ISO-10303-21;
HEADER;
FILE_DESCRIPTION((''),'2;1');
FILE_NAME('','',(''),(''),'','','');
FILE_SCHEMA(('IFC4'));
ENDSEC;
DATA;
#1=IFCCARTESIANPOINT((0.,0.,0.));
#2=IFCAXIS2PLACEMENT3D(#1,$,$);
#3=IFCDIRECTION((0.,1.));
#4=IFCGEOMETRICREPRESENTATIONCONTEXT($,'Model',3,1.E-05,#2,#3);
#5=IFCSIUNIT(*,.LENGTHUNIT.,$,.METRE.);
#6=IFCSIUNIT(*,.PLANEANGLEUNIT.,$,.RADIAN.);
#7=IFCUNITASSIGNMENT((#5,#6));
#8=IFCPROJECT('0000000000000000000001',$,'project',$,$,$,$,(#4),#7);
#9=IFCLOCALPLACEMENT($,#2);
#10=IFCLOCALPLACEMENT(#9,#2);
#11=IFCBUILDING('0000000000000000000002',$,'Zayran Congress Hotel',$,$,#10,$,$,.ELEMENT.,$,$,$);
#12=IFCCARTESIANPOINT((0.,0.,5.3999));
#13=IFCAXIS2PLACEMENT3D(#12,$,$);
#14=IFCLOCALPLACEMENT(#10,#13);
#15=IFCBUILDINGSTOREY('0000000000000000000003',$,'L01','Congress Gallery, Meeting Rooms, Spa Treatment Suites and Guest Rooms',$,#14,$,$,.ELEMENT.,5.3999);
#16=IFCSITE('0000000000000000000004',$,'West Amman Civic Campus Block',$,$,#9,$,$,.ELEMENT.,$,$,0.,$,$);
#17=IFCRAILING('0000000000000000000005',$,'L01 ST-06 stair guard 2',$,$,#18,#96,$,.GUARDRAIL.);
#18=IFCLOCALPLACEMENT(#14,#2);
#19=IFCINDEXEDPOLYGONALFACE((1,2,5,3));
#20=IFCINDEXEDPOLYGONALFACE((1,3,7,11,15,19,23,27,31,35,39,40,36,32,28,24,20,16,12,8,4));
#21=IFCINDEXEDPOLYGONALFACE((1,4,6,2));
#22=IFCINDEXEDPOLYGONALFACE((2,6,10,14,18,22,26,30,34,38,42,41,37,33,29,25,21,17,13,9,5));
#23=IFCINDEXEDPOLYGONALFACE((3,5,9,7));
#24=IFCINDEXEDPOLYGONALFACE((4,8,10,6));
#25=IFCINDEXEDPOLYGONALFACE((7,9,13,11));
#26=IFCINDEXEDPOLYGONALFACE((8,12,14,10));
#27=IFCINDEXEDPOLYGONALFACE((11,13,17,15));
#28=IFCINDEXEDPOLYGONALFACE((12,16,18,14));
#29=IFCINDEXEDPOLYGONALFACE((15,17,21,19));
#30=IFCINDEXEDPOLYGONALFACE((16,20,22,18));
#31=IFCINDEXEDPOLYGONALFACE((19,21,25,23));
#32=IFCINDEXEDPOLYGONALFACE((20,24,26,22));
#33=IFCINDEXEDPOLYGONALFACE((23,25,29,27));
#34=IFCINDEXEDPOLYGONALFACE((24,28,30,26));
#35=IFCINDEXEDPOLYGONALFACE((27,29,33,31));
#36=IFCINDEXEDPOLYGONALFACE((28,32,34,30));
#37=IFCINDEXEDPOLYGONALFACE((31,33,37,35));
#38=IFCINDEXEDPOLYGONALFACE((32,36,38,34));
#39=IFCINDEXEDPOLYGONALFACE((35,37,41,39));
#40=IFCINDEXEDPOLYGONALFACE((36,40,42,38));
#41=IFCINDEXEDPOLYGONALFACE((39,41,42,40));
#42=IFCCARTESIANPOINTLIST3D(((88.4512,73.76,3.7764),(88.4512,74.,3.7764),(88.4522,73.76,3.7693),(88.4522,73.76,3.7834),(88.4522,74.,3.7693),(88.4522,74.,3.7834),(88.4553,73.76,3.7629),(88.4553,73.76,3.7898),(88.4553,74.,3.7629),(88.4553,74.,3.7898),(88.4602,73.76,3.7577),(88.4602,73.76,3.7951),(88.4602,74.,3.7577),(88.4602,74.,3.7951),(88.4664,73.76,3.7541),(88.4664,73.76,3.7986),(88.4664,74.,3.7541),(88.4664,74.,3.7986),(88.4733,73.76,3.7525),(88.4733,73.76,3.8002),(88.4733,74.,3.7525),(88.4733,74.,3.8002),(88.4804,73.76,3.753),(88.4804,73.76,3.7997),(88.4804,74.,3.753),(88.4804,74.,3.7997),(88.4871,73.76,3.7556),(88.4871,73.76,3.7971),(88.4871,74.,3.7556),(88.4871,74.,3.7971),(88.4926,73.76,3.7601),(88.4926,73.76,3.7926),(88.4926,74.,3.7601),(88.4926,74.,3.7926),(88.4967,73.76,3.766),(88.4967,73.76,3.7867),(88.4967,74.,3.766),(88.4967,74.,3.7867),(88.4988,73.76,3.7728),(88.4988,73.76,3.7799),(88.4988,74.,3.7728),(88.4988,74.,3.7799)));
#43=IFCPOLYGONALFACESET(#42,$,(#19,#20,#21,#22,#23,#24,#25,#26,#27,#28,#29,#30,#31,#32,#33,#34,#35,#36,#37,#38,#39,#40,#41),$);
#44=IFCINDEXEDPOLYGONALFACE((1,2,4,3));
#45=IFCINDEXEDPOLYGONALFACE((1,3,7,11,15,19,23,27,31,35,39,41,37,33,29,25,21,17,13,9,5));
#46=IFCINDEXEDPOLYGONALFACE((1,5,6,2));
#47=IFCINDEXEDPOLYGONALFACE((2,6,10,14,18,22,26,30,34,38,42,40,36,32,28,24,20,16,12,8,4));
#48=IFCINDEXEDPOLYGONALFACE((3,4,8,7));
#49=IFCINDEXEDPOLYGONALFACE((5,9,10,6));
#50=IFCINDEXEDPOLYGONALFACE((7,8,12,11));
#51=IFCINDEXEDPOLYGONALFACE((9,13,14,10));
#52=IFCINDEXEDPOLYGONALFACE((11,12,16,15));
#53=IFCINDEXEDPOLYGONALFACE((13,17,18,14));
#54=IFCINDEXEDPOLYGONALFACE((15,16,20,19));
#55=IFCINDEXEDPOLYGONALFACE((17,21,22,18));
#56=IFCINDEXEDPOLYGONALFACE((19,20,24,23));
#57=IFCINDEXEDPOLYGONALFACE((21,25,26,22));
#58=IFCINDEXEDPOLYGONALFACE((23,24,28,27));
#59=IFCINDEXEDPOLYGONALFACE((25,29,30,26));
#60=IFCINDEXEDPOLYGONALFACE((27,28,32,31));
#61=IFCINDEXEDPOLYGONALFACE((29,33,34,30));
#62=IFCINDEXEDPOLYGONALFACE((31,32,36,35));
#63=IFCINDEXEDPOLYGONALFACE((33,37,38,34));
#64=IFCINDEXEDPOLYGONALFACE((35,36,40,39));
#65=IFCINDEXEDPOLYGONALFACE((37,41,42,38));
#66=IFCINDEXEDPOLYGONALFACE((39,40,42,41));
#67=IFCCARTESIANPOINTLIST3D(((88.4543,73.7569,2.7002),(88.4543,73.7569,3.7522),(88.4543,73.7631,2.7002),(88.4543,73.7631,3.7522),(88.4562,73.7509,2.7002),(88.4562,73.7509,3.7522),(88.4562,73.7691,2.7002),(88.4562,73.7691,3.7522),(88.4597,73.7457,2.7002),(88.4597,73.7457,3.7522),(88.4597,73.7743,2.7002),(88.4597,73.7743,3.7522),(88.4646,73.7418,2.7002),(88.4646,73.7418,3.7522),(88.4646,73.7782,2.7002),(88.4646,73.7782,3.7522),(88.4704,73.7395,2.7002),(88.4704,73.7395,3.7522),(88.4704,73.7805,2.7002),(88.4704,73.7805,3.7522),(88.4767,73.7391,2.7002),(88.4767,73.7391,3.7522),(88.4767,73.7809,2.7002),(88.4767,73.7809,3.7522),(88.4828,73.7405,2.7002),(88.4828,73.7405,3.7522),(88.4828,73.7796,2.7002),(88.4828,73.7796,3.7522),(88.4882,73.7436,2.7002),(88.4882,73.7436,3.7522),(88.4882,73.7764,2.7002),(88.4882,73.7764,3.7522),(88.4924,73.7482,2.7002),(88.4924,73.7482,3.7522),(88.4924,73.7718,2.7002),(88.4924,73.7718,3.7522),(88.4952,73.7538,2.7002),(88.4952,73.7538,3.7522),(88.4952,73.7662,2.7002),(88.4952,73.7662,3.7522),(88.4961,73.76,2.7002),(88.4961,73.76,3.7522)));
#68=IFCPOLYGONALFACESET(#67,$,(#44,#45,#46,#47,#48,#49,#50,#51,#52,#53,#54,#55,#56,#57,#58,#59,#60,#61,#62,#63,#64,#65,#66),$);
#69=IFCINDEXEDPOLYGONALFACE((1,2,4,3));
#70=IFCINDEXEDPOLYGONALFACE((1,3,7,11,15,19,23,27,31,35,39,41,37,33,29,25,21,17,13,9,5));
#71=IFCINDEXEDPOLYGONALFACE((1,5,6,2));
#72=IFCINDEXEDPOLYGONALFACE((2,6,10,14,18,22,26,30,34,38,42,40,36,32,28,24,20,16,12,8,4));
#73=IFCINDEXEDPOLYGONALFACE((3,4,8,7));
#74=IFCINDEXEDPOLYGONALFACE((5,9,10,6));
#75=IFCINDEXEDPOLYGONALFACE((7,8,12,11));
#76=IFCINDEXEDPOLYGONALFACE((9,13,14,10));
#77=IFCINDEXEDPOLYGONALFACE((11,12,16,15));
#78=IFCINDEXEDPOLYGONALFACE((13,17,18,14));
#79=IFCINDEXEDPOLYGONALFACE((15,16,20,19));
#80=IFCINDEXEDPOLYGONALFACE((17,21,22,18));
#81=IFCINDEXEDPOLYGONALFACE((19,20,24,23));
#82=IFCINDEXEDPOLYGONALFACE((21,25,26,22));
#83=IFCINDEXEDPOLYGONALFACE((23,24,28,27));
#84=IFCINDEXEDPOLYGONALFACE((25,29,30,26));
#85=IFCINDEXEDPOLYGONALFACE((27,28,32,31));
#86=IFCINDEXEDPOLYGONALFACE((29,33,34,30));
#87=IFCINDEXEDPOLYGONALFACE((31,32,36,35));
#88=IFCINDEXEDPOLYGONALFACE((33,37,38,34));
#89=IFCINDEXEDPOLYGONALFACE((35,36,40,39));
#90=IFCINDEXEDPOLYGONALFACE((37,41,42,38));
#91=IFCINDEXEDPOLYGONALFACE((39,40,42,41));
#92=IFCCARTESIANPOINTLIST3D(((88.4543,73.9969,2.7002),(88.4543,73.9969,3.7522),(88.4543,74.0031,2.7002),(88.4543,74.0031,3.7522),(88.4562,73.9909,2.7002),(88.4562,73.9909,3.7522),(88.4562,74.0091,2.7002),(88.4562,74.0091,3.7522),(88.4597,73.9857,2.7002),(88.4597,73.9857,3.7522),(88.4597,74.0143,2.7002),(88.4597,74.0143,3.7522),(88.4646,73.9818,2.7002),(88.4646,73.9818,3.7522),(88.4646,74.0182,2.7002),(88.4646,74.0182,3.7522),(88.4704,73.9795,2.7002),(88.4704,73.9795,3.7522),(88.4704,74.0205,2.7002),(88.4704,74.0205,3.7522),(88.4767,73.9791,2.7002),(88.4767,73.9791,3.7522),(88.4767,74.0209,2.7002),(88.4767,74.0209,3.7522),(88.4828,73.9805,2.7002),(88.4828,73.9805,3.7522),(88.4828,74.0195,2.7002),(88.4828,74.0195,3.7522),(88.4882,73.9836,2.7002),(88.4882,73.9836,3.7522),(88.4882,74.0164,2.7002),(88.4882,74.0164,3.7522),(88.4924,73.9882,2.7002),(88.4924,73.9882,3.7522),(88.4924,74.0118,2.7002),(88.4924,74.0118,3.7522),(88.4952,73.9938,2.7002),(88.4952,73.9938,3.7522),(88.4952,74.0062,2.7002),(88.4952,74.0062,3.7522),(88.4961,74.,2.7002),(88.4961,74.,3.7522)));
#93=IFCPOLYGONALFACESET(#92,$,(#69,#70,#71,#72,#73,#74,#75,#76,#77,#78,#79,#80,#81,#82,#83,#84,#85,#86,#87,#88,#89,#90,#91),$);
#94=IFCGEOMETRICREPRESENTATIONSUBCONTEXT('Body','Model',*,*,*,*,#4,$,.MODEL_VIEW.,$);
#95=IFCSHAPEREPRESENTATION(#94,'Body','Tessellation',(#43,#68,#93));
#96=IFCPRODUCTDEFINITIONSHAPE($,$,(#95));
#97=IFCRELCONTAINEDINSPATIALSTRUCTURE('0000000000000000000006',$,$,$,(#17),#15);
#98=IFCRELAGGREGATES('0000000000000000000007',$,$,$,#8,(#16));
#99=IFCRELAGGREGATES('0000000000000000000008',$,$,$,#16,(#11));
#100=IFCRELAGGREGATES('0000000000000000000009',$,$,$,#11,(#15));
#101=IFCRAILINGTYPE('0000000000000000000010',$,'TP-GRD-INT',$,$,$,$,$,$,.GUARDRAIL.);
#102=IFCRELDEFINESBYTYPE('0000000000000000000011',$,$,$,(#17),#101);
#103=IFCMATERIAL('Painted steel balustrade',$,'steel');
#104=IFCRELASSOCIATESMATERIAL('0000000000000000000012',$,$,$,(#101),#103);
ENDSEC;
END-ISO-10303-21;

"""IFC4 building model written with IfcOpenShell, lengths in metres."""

from ifc_helpers import new_model, si_unit, direction, frame, origin, origin_2d, place, context, subcontext, project, spatial, circle, extrude, material, type_object, element, save


model = new_model("IFC4")

# Units and contexts
model_context = context("Model", 3, precision=1e-05, world=origin(), true_north=direction((0.0, 1.0)))
body_context = subcontext(model_context, "Body", "Model", "MODEL_VIEW")
ifc_project = project(units=[si_unit("LENGTHUNIT", "METRE"), si_unit("PLANEANGLEUNIT", "RADIAN")], contexts=[model_context])

# Site, building, storey
site_placement = place(None, origin())
site = spatial("IfcSite", under=ifc_project, at=site_placement, Name="West Amman Civic Campus Block", CompositionType="ELEMENT", RefElevation=0.0)
building_placement = place(site_placement, origin())
building = spatial("IfcBuilding", under=site, at=building_placement, Name="Zayran Congress Hotel", CompositionType="ELEMENT")
storey_placement = place(building_placement, frame((0.0, 0.0, 5.3999)))
storey = spatial("IfcBuildingStorey", under=building, at=storey_placement, Name="L01", Description="Congress Gallery, Meeting Rooms, Spa Treatment Suites and Guest Rooms", CompositionType="ELEMENT", Elevation=5.3999)

# Railing
ifc_material_1 = material(Name="Painted steel balustrade", Category="steel")
railing_type_1 = type_object("IfcRailingType", Name="TP-GRD-INT", PredefinedType="GUARDRAIL", material=ifc_material_1)
railing_1_placement = place(storey_placement, frame((88.4751, 73.76, 2.7002)))
element("IfcRailing", 1, at=railing_1_placement, inside=storey, type_object=railing_type_1, Name="L01 ST-06 stair guard 2", PredefinedType="GUARDRAIL", context=body_context, shape_type="SweptSolid", body=[
    extrude(circle(Radius=0.0239, at=origin_2d()), frame((0.0, 0.0, 1.0762), z_axis=(0.0, 1.0, 0.0), x_axis=(-1.0, 0.0, 0.0)), (0.0, 0.0, 1.0), 0.24),
    extrude(circle(Radius=0.021, at=origin_2d()), origin(), (0.0, 0.0, 1.0), 1.052),
    extrude(circle(Radius=0.021, at=origin_2d()), frame((0.0, 0.24, 0.0)), (0.0, 0.0, 1.0), 1.052),
])

save(model, "model.ifc")
